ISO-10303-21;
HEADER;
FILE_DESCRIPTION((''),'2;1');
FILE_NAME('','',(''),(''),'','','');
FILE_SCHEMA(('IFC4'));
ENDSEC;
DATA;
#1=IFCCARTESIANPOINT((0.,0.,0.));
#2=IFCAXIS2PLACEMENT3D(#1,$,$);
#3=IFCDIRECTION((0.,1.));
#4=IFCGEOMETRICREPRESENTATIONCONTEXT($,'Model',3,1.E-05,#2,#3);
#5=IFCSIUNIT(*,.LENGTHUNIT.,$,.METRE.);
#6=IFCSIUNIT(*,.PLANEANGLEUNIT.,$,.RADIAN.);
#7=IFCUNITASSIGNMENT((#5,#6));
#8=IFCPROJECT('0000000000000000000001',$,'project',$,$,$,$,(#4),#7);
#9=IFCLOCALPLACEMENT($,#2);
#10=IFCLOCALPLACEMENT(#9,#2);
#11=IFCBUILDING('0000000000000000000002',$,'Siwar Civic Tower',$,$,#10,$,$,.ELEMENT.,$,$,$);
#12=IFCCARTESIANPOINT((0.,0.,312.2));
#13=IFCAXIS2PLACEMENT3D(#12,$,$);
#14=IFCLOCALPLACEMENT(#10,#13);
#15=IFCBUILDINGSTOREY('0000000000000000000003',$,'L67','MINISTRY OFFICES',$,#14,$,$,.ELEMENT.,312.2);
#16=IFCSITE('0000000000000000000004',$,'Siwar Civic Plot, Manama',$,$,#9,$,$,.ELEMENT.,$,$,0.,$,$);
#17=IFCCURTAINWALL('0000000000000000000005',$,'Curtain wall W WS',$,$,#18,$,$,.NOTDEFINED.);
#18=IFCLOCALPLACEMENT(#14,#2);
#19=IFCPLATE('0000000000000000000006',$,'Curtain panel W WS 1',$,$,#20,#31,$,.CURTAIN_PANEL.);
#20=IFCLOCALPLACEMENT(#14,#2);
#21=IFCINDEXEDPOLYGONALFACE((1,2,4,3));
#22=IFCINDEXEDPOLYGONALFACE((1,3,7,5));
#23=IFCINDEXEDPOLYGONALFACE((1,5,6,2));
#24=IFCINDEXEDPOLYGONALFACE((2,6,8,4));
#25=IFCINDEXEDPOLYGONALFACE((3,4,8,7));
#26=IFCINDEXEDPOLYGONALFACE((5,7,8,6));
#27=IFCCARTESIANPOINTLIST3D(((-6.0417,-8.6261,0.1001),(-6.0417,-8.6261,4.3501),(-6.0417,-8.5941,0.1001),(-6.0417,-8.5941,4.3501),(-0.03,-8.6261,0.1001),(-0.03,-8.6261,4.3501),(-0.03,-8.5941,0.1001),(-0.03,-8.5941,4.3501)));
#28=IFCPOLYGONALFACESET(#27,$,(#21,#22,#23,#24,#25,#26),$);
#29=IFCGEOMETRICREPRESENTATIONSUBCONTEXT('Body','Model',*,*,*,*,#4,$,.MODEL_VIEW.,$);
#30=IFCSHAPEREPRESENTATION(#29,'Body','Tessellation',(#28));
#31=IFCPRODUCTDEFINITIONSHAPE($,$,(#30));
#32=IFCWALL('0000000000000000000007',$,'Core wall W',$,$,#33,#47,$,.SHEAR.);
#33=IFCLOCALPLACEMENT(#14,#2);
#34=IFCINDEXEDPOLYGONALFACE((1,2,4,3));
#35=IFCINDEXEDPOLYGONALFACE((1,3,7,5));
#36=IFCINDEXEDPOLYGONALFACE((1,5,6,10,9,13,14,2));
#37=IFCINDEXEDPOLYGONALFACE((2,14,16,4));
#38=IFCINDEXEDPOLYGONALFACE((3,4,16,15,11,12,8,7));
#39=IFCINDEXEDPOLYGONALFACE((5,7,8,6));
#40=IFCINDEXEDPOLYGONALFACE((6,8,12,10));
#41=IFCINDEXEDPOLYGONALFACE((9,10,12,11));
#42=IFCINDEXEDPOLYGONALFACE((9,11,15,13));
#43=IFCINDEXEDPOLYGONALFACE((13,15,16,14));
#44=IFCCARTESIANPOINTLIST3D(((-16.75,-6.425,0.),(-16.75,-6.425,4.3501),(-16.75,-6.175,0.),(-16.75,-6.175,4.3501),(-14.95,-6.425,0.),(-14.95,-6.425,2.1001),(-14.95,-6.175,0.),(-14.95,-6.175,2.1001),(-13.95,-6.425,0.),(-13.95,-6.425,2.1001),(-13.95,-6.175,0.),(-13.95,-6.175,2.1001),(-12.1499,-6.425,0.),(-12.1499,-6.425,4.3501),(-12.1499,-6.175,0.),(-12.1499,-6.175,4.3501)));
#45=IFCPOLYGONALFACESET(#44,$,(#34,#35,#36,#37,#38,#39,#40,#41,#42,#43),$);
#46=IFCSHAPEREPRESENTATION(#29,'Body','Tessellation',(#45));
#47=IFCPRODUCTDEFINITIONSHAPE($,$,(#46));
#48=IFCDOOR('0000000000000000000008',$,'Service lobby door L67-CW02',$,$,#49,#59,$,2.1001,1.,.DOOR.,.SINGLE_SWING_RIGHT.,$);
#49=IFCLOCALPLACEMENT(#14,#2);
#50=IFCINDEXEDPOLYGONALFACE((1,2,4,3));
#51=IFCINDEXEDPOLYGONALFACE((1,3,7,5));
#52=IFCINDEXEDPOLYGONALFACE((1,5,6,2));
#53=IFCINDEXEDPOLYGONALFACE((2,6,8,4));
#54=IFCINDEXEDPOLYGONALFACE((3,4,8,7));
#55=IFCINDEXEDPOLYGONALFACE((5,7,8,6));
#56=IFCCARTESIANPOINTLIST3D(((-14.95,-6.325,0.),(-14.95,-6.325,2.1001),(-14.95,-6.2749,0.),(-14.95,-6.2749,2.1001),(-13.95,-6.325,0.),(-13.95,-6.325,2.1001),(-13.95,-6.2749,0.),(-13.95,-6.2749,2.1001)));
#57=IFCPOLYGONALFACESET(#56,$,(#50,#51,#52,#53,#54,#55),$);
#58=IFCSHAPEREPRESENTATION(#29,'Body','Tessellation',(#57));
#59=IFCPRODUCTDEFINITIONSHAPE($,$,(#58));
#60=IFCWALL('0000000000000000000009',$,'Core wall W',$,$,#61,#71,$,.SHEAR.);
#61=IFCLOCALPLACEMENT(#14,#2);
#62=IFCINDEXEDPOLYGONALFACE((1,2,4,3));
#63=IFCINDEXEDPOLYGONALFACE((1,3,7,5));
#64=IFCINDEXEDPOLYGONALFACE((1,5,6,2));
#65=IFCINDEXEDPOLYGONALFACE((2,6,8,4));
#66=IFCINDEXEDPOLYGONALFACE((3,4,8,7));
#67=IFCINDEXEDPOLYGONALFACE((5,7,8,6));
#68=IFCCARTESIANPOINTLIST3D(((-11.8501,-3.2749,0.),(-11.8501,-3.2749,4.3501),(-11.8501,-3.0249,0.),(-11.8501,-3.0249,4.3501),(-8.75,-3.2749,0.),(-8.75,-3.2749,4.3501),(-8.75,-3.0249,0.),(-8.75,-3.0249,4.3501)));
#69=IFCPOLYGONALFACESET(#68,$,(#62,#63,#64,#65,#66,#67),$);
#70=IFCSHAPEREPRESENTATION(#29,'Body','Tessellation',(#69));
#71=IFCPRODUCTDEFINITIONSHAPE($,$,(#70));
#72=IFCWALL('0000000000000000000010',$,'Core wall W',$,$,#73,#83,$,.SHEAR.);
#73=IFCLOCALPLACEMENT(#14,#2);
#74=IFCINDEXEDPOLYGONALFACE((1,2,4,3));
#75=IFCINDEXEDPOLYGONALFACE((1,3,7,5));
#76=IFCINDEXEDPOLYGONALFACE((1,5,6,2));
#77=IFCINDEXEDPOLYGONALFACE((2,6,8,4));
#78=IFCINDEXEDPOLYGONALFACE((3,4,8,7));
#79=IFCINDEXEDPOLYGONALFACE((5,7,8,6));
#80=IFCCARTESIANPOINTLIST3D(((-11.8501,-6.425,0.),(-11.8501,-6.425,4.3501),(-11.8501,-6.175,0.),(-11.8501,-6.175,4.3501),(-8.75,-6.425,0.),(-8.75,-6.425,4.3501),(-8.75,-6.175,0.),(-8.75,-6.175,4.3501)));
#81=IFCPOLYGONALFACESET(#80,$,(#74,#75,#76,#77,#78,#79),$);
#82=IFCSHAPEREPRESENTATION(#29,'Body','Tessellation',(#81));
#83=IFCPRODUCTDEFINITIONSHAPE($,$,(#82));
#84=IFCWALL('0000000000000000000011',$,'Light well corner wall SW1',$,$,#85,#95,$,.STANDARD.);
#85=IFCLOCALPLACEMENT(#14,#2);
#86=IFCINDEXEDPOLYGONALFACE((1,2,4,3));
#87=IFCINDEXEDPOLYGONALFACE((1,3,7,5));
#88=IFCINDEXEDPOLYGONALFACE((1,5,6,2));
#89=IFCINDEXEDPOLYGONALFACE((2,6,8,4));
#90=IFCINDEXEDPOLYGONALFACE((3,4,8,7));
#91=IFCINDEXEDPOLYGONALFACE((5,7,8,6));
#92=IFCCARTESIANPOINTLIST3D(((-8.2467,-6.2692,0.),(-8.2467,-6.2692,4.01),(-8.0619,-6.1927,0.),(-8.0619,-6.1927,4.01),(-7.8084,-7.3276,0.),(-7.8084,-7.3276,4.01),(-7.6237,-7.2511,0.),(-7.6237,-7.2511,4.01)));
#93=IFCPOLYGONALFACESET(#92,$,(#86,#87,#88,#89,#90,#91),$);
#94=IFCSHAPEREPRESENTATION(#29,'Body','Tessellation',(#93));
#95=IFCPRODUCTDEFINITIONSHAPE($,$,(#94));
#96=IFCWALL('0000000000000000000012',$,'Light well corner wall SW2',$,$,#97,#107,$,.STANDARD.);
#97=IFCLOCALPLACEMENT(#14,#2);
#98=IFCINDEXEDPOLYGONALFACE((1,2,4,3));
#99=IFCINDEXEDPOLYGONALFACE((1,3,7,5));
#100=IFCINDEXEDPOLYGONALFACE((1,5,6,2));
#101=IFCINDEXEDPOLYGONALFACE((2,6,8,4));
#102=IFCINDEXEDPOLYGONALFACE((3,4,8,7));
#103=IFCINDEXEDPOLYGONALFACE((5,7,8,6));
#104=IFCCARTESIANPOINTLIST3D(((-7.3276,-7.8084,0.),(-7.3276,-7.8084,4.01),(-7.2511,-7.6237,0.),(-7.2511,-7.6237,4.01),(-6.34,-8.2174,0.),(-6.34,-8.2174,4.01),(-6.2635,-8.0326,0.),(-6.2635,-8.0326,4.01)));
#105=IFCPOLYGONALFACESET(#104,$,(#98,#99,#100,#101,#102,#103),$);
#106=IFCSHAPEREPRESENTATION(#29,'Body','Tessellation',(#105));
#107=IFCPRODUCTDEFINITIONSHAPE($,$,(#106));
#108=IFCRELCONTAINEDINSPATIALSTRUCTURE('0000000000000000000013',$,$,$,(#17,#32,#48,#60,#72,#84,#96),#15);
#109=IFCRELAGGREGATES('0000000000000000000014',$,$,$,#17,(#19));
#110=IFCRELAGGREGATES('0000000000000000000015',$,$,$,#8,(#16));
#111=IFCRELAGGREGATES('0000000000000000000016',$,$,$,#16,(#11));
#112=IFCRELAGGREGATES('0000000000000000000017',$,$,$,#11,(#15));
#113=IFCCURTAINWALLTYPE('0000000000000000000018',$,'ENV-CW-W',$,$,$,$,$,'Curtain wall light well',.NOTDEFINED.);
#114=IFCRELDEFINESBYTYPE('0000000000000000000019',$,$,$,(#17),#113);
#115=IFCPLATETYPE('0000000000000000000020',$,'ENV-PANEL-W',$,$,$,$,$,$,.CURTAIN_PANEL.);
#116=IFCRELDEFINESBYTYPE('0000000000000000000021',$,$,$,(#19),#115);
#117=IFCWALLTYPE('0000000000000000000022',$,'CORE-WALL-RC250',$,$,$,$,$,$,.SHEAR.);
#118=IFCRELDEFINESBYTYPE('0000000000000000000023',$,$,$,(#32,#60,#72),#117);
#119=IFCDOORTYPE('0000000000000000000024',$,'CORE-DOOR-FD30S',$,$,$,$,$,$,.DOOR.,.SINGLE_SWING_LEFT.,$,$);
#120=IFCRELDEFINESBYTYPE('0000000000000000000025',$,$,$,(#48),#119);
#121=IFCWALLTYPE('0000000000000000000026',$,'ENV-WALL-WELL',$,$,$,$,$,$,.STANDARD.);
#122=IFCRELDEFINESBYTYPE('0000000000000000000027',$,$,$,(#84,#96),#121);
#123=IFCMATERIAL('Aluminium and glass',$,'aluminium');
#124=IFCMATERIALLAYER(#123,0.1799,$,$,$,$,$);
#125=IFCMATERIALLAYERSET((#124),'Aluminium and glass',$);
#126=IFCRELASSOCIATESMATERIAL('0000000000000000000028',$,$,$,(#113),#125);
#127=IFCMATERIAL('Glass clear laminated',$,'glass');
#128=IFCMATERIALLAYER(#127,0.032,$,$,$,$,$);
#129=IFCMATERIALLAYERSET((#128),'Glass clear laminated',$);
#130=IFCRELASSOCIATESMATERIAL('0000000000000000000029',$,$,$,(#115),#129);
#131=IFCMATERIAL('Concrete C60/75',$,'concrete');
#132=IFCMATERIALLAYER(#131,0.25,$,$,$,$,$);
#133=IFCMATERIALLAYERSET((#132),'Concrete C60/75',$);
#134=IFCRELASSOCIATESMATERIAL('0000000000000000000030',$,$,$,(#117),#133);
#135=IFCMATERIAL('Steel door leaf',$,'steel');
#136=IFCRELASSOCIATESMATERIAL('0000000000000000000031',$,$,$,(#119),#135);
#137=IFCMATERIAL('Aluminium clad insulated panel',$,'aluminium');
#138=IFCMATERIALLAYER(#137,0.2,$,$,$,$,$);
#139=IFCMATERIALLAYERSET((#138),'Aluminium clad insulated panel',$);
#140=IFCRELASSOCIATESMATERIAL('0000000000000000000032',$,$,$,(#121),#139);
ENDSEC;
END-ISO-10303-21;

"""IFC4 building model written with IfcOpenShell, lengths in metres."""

from ifc_helpers import new_model, si_unit, direction, frame, frame_2d, origin, origin_2d, place, context, subcontext, project, spatial, rectangle, extrude, material, layer, layer_set, type_object, element, fill, aggregate, save


model = new_model("IFC4")

# Units and contexts
model_context = context("Model", 3, precision=1e-05, world=origin(), true_north=direction((0.0, 1.0)))
body_context = subcontext(model_context, "Body", "Model", "MODEL_VIEW")
ifc_project = project(units=[si_unit("LENGTHUNIT", "METRE"), si_unit("PLANEANGLEUNIT", "RADIAN")], contexts=[model_context])

# Site, building, storey
site_placement = place(None, origin())
site = spatial("IfcSite", under=ifc_project, at=site_placement, Name="Siwar Civic Plot, Manama", CompositionType="ELEMENT", RefElevation=0.0)
building_placement = place(site_placement, origin())
building = spatial("IfcBuilding", under=site, at=building_placement, Name="Siwar Civic Tower", CompositionType="ELEMENT")
storey_placement = place(building_placement, frame((0.0, 0.0, 312.2)))
storey = spatial("IfcBuildingStorey", under=building, at=storey_placement, Name="L67", Description="MINISTRY OFFICES", CompositionType="ELEMENT", Elevation=312.2)

# Curtain wall
ifc_material_1 = material(Name="Aluminium and glass", Category="aluminium")
ifc_layer_1 = layer(ifc_material_1, 0.1799)
ifc_layer_set_1 = layer_set([ifc_layer_1], Name="Aluminium and glass")
curtain_wall_type = type_object("IfcCurtainWallType", Name="ENV-CW-W", ElementType="Curtain wall light well", PredefinedType="NOTDEFINED", material=ifc_layer_set_1)
curtain_wall_placement = place(storey_placement, origin())
curtain_wall = element("IfcCurtainWall", 1, at=curtain_wall_placement, inside=storey, type_object=curtain_wall_type, Name="Curtain wall W WS", PredefinedType="NOTDEFINED")

# Plate
ifc_material_2 = material(Name="Glass clear laminated", Category="glass")
ifc_layer_2 = layer(ifc_material_2, 0.032)
ifc_layer_set_2 = layer_set([ifc_layer_2], Name="Glass clear laminated")
plate_type = type_object("IfcPlateType", Name="ENV-PANEL-W", PredefinedType="CURTAIN_PANEL", material=ifc_layer_set_2)
plate_placement = place(storey_placement, frame((-3.0359, -8.6101, 0.1001), z_axis=(0.0, 0.0, 1.0), x_axis=(1.0, 0.0, 0.0)))
plate = element("IfcPlate", 2, at=plate_placement, type_object=plate_type, Name="Curtain panel W WS 1", PredefinedType="CURTAIN_PANEL", context=body_context, shape_type="SweptSolid", body=[
    extrude(rectangle(XDim=6.0117, YDim=0.032, at=origin_2d()), origin(), (0.0, 0.0, 1.0), 4.25),
])
aggregate(curtain_wall, [plate])

# Wall, opening, door
ifc_material_3 = material(Name="Concrete C60/75", Category="concrete")
ifc_layer_3 = layer(ifc_material_3, 0.25)
ifc_layer_set_3 = layer_set([ifc_layer_3], Name="Concrete C60/75")
wall_type_1 = type_object("IfcWallType", Name="CORE-WALL-RC250", PredefinedType="SHEAR", material=ifc_layer_set_3)
wall_1_placement = place(storey_placement, frame((-12.1499, -6.3, 0.0), z_axis=(0.0, 0.0, 1.0), x_axis=(-1.0, 0.0, 0.0)))
wall_1 = element("IfcWall", 3, at=wall_1_placement, inside=storey, type_object=wall_type_1, Name="Core wall W", PredefinedType="SHEAR", context=body_context, shape_type="SweptSolid", body=[
    extrude(rectangle(XDim=4.6001, YDim=0.25, at=frame_2d((2.3, 0.0))), origin(), (0.0, 0.0, 1.0), 4.3501),
])
opening_placement = place(wall_1_placement, frame((1.8, 0.0, 0.0)))
opening = element("IfcOpeningElement", 4, at=opening_placement, cuts=wall_1, PredefinedType="OPENING", context=body_context, shape_type="SweptSolid", body=[
    extrude(rectangle(XDim=1.0, YDim=2.1001, at=frame_2d((0.5, 1.05))), frame((0.0, 0.135, 0.0), z_axis=(0.0, -1.0, 0.0), x_axis=(1.0, 0.0, 0.0)), (0.0, 0.0, 1.0), 0.27),
])
ifc_material_4 = material(Name="Steel door leaf", Category="steel")
door_type = type_object("IfcDoorType", Name="CORE-DOOR-FD30S", OperationType="SINGLE_SWING_LEFT", PredefinedType="DOOR", material=ifc_material_4)
door_placement = place(opening_placement, origin())
door = element("IfcDoor", 5, at=door_placement, inside=storey, type_object=door_type, Name="Service lobby door L67-CW02", OperationType="SINGLE_SWING_RIGHT", OverallHeight=2.1001, OverallWidth=1.0, PredefinedType="DOOR", context=body_context, shape_type="SweptSolid", body=[
    extrude(rectangle(XDim=1.0, YDim=2.1001, at=frame_2d((0.5, 1.05))), frame((0.0, 0.0249, 0.0), z_axis=(0.0, -1.0, 0.0), x_axis=(1.0, 0.0, 0.0)), (0.0, 0.0, 1.0), 0.05),
])
fill(opening, door)

# Walls
for number, where, z_axis, x_axis, name in (
    (6, (-8.75, -3.1499, 0.0), (0.0, 0.0, 1.0), (-1.0, 0.0, 0.0), "Core wall W"),
    (7, (-8.75, -6.3, 0.0), (0.0, 0.0, 1.0), (-1.0, 0.0, 0.0), "Core wall W"),
):
    element("IfcWall", number, at=place(storey_placement, frame(where, z_axis=z_axis, x_axis=x_axis)), inside=storey, type_object=wall_type_1, Name=name, PredefinedType="SHEAR", context=body_context, shape_type="SweptSolid", body=[
        extrude(rectangle(XDim=3.1001, YDim=0.25, at=frame_2d((1.55, 0.0))), origin(), (0.0, 0.0, 1.0), 4.3501),
    ])
ifc_material_5 = material(Name="Aluminium clad insulated panel", Category="aluminium")
ifc_layer_4 = layer(ifc_material_5, 0.2)
ifc_layer_set_4 = layer_set([ifc_layer_4], Name="Aluminium clad insulated panel")
wall_type_2 = type_object("IfcWallType", Name="ENV-WALL-WELL", PredefinedType="STANDARD", material=ifc_layer_set_4)
wall_2_placement = place(storey_placement, frame((-8.1543, -6.231, 0.0), z_axis=(0.0, 0.0, 1.0), x_axis=(0.382571, -0.923926, 0.0)))
element("IfcWall", 8, at=wall_2_placement, inside=storey, type_object=wall_type_2, Name="Light well corner wall SW1", PredefinedType="STANDARD", context=body_context, shape_type="SweptSolid", body=[
    extrude(rectangle(XDim=1.1455, YDim=0.2, at=frame_2d((0.5728, 0.0))), origin(), (0.0, 0.0, 1.0), 4.01),
])
wall_3_placement = place(storey_placement, frame((-7.2893, -7.7161, 0.0), z_axis=(0.0, 0.0, 1.0), x_axis=(0.923919, -0.382587, 0.0)))
element("IfcWall", 9, at=wall_3_placement, inside=storey, type_object=wall_type_2, Name="Light well corner wall SW2", PredefinedType="STANDARD", context=body_context, shape_type="SweptSolid", body=[
    extrude(rectangle(XDim=1.0688, YDim=0.2, at=frame_2d((0.5344, 0.0))), origin(), (0.0, 0.0, 1.0), 4.01),
])

save(model, "model.ifc")
